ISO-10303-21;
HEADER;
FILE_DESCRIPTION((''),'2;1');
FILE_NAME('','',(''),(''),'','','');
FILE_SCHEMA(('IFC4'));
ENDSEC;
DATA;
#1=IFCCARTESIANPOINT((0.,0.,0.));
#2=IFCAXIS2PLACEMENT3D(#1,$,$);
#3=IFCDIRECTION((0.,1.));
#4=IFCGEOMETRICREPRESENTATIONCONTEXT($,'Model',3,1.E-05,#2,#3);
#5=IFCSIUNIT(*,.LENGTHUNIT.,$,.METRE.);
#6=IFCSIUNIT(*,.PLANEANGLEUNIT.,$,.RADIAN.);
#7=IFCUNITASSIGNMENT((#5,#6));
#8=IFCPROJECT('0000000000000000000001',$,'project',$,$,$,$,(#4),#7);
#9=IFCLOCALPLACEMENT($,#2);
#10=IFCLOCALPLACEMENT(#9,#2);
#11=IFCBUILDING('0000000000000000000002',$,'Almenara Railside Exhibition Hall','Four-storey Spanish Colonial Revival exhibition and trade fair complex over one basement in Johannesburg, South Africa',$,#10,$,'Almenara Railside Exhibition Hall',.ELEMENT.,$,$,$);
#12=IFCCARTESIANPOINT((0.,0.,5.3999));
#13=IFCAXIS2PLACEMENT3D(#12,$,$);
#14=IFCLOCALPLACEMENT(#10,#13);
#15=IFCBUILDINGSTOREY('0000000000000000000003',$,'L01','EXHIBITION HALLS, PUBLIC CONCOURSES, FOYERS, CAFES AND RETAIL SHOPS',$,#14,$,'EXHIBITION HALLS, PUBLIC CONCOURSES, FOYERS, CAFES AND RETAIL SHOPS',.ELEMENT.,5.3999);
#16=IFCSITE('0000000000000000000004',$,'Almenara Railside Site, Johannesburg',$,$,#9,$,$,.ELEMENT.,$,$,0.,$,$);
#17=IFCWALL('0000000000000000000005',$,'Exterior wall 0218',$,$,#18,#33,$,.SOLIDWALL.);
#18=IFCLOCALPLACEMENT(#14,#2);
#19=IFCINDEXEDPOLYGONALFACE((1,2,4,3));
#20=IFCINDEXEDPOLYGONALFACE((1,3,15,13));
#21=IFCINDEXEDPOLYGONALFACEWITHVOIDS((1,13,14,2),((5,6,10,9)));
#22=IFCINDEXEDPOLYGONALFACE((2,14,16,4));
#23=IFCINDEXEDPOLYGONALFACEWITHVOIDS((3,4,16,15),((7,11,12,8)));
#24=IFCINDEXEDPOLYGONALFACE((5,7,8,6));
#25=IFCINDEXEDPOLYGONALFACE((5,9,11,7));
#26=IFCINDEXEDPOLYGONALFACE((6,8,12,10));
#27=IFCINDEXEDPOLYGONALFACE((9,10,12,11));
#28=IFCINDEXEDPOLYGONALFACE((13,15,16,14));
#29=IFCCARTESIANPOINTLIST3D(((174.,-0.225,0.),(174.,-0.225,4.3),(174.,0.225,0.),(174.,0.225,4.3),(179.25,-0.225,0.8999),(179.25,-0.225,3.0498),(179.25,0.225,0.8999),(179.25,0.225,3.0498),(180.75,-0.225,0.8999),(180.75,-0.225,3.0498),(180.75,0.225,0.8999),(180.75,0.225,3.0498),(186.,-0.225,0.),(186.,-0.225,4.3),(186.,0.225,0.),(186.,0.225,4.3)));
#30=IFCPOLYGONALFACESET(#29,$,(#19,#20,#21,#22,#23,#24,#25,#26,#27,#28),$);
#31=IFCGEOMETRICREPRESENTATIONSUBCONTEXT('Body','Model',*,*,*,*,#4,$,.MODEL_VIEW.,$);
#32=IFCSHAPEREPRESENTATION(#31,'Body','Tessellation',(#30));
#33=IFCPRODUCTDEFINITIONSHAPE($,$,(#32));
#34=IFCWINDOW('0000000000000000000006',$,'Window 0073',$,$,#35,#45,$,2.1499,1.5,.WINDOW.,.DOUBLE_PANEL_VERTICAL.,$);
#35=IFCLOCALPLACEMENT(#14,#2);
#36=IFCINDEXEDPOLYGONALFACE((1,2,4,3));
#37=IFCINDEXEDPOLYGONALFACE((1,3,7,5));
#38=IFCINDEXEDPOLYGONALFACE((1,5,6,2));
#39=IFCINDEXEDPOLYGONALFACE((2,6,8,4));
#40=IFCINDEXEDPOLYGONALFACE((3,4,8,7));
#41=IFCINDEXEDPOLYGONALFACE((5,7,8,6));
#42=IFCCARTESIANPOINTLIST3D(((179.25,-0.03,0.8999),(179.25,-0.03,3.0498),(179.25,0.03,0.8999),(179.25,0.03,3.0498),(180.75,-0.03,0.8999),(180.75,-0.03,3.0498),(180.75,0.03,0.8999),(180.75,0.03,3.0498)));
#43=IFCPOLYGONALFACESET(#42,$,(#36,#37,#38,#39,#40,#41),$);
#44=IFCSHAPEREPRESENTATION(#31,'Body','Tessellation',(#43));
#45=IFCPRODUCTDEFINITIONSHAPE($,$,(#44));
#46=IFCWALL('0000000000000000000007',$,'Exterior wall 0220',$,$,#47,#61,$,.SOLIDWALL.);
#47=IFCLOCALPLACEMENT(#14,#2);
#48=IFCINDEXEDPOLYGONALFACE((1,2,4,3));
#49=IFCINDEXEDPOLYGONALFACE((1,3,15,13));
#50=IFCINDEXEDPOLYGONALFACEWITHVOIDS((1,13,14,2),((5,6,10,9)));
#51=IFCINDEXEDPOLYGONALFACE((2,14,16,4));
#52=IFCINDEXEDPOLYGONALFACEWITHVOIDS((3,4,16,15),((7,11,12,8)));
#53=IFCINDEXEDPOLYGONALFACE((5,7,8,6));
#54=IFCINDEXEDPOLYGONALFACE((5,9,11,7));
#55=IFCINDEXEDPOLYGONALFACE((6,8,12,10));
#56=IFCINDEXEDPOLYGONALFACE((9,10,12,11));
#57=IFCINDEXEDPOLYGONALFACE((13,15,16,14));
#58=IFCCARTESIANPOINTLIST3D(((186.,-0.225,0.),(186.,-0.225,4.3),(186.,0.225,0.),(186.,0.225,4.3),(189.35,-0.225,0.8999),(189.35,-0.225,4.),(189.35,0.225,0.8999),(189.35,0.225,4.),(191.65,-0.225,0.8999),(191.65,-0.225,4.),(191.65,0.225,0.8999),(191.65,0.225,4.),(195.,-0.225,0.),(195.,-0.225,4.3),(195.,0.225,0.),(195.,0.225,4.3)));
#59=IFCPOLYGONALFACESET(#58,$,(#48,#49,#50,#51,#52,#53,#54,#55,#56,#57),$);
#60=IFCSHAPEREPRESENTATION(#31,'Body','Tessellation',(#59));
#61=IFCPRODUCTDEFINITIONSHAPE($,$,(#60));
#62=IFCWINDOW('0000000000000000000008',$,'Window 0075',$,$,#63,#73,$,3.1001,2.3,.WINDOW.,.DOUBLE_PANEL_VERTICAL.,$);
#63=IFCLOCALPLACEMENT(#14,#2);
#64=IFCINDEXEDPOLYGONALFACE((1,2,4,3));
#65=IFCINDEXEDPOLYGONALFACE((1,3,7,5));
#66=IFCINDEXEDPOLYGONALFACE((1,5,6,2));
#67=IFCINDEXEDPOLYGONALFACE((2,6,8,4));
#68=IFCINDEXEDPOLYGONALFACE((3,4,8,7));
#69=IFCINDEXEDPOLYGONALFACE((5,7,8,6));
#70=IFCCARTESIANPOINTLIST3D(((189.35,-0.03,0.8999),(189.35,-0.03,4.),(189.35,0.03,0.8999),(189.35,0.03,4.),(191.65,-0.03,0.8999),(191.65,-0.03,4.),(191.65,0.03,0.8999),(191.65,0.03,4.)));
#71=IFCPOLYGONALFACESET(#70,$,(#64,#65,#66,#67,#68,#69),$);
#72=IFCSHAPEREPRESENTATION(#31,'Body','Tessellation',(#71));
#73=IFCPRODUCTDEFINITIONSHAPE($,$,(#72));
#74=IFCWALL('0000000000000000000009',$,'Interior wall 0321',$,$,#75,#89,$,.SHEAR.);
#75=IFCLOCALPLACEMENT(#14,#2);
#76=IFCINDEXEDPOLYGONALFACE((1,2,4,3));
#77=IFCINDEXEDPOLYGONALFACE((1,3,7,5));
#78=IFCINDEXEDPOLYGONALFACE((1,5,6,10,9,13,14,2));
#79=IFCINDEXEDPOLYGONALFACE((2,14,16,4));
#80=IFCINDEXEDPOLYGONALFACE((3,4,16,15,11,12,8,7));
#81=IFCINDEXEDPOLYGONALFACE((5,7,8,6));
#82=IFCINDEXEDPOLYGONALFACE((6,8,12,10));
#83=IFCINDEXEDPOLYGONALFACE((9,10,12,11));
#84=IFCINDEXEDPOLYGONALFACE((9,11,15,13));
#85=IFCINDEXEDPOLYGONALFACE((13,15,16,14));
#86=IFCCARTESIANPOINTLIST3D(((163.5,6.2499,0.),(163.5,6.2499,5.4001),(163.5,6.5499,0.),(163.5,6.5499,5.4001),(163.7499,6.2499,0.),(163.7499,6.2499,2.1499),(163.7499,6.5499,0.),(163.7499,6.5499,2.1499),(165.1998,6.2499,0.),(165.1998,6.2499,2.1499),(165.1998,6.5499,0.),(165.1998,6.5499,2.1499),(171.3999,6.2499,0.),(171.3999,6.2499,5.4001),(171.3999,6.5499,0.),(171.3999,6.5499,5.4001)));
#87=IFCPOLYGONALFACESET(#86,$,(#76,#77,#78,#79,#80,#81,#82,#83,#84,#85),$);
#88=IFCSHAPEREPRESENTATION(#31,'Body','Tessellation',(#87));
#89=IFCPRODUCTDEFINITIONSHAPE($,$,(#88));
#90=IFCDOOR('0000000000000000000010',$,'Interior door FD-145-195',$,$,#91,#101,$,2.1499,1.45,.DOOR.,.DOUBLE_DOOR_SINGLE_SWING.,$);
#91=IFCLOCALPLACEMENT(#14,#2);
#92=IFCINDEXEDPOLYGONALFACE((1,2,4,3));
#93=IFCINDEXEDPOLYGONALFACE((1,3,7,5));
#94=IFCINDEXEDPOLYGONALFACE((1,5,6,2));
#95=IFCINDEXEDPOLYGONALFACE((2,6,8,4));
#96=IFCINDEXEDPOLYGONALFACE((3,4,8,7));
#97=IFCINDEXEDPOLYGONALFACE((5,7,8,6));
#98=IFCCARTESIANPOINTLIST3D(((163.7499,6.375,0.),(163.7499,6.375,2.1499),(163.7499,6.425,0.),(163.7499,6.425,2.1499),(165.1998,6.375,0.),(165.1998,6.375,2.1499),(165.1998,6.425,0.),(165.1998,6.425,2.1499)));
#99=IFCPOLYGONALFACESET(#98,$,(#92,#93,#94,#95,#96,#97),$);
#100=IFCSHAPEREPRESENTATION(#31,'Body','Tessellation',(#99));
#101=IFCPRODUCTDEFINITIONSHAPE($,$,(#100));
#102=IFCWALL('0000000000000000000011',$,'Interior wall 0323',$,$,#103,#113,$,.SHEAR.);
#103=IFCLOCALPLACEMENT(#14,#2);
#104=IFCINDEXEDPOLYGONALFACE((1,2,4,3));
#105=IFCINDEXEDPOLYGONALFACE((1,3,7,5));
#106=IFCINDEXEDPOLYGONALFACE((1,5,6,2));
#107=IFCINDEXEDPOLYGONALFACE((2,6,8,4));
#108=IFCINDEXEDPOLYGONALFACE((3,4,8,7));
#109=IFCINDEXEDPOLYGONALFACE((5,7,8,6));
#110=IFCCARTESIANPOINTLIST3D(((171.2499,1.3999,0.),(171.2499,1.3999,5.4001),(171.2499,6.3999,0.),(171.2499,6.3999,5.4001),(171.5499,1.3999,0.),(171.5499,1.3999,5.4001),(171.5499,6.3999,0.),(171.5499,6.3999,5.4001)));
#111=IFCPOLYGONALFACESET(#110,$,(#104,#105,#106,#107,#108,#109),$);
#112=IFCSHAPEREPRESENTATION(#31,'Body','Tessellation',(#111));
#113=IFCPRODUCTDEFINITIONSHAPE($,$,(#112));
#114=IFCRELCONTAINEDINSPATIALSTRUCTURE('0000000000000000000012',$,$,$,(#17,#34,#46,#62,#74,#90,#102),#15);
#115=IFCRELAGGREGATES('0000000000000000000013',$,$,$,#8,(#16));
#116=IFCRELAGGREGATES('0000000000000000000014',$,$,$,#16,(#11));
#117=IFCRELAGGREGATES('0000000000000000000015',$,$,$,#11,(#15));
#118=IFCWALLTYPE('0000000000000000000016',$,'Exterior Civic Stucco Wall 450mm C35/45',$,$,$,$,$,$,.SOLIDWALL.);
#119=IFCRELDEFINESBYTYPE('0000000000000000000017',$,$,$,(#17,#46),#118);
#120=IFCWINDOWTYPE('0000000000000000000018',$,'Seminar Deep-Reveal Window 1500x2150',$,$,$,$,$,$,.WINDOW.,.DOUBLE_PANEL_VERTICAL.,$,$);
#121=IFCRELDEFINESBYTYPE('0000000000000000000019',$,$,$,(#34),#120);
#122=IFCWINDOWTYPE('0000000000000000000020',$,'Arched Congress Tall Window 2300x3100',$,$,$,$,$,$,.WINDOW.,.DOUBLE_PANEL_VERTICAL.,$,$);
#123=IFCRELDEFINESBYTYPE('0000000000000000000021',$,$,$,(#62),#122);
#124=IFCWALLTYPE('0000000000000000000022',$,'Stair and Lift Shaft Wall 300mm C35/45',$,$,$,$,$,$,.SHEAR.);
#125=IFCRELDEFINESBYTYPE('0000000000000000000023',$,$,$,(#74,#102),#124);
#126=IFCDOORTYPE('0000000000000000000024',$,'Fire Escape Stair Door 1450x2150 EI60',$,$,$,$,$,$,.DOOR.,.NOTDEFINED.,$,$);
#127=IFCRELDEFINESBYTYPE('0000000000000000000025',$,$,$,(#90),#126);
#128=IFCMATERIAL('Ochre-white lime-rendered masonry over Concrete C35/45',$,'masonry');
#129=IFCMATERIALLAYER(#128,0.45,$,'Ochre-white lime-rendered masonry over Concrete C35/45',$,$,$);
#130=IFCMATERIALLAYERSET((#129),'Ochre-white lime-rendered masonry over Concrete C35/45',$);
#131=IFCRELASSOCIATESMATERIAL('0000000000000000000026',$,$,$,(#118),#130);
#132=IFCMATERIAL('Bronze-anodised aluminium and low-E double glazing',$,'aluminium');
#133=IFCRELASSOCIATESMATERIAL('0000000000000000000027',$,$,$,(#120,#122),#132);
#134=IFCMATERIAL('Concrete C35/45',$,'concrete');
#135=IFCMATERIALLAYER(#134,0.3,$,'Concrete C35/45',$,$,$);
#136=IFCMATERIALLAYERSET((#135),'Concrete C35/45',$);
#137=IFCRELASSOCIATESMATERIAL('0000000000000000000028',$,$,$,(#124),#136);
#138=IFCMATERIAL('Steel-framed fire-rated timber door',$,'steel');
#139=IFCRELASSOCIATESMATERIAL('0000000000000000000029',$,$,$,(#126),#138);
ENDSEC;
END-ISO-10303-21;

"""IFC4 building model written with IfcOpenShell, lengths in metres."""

from ifc_helpers import new_model, si_unit, direction, frame, frame_2d, origin, place, context, subcontext, project, spatial, rectangle, extrude, material, layer, layer_set, type_object, element, fill, save


model = new_model("IFC4")

# Units and contexts
model_context = context("Model", 3, precision=1e-05, world=origin(), true_north=direction((0.0, 1.0)))
body_context = subcontext(model_context, "Body", "Model", "MODEL_VIEW")
ifc_project = project(units=[si_unit("LENGTHUNIT", "METRE"), si_unit("PLANEANGLEUNIT", "RADIAN")], contexts=[model_context])

# Site, building, storey
site_placement = place(None, origin())
site = spatial("IfcSite", under=ifc_project, at=site_placement, Name="Almenara Railside Site, Johannesburg", CompositionType="ELEMENT", RefElevation=0.0)
building_placement = place(site_placement, origin())
building = spatial("IfcBuilding", under=site, at=building_placement, Name="Almenara Railside Exhibition Hall", Description="Four-storey Spanish Colonial Revival exhibition and trade fair complex over one basement in Johannesburg, South Africa", LongName="Almenara Railside Exhibition Hall", CompositionType="ELEMENT")
storey_placement = place(building_placement, frame((0.0, 0.0, 5.3999)))
storey = spatial("IfcBuildingStorey", under=building, at=storey_placement, Name="L01", Description="EXHIBITION HALLS, PUBLIC CONCOURSES, FOYERS, CAFES AND RETAIL SHOPS", LongName="EXHIBITION HALLS, PUBLIC CONCOURSES, FOYERS, CAFES AND RETAIL SHOPS", CompositionType="ELEMENT", Elevation=5.3999)

# Shared definitions
ifc_material_1 = material(Name="Concrete C35/45", Category="concrete")

# Walls, openings, windows
ifc_material_2 = material(Name="Ochre-white lime-rendered masonry over Concrete C35/45", Category="masonry")
ifc_layer_1 = layer(ifc_material_2, 0.45, Name="Ochre-white lime-rendered masonry over Concrete C35/45")
ifc_layer_set_1 = layer_set([ifc_layer_1], Name="Ochre-white lime-rendered masonry over Concrete C35/45")
wall_type_1 = type_object("IfcWallType", Name="Exterior Civic Stucco Wall 450mm C35/45", PredefinedType="SOLIDWALL", material=ifc_layer_set_1)
wall_1_placement = place(storey_placement, frame((174.0, 0.0, 0.0), z_axis=(0.0, 0.0, 1.0), x_axis=(1.0, 0.0, 0.0)))
wall_1 = element("IfcWall", 1, at=wall_1_placement, inside=storey, type_object=wall_type_1, Name="Exterior wall 0218", PredefinedType="SOLIDWALL", context=body_context, shape_type="SweptSolid", body=[
    extrude(rectangle(XDim=12.0, YDim=0.45, at=frame_2d((6.0, 0.0))), origin(), (0.0, 0.0, 1.0), 4.3),
])
opening_1_placement = place(wall_1_placement, frame((5.25, 0.0, 0.8999)))
opening_1 = element("IfcOpeningElement", 2, at=opening_1_placement, cuts=wall_1, PredefinedType="OPENING", context=body_context, shape_type="SweptSolid", body=[
    extrude(rectangle(XDim=1.5, YDim=2.1499, at=frame_2d((0.75, 1.075))), frame((0.0, 0.2349, 0.0), z_axis=(0.0, -1.0, 0.0), x_axis=(1.0, 0.0, 0.0)), (0.0, 0.0, 1.0), 0.47),
])
ifc_material_3 = material(Name="Bronze-anodised aluminium and low-E double glazing", Category="aluminium")
window_type_1 = type_object("IfcWindowType", Name="Seminar Deep-Reveal Window 1500x2150", PartitioningType="DOUBLE_PANEL_VERTICAL", PredefinedType="WINDOW", material=ifc_material_3)
window_1_placement = place(opening_1_placement, origin())
window_1 = element("IfcWindow", 3, at=window_1_placement, inside=storey, type_object=window_type_1, Name="Window 0073", OverallHeight=2.1499, OverallWidth=1.5, PartitioningType="DOUBLE_PANEL_VERTICAL", PredefinedType="WINDOW", context=body_context, shape_type="SweptSolid", body=[
    extrude(rectangle(XDim=1.5, YDim=2.1499, at=frame_2d((0.75, 1.075))), frame((0.0, 0.03, 0.0), z_axis=(0.0, -1.0, 0.0), x_axis=(1.0, 0.0, 0.0)), (0.0, 0.0, 1.0), 0.0601),
])
fill(opening_1, window_1)
wall_2_placement = place(storey_placement, frame((186.0, 0.0, 0.0), z_axis=(0.0, 0.0, 1.0), x_axis=(1.0, 0.0, 0.0)))
wall_2 = element("IfcWall", 4, at=wall_2_placement, inside=storey, type_object=wall_type_1, Name="Exterior wall 0220", PredefinedType="SOLIDWALL", context=body_context, shape_type="SweptSolid", body=[
    extrude(rectangle(XDim=9.0, YDim=0.45, at=frame_2d((4.5, 0.0))), origin(), (0.0, 0.0, 1.0), 4.3),
])
opening_2_placement = place(wall_2_placement, frame((3.3501, 0.0, 0.8999)))
opening_2 = element("IfcOpeningElement", 5, at=opening_2_placement, cuts=wall_2, PredefinedType="OPENING", context=body_context, shape_type="SweptSolid", body=[
    extrude(rectangle(XDim=2.3, YDim=3.1001, at=frame_2d((1.1499, 1.55))), frame((0.0, 0.2349, 0.0), z_axis=(0.0, -1.0, 0.0), x_axis=(1.0, 0.0, 0.0)), (0.0, 0.0, 1.0), 0.47),
])
window_type_2 = type_object("IfcWindowType", Name="Arched Congress Tall Window 2300x3100", PartitioningType="DOUBLE_PANEL_VERTICAL", PredefinedType="WINDOW", material=ifc_material_3)
window_2_placement = place(opening_2_placement, origin())
window_2 = element("IfcWindow", 6, at=window_2_placement, inside=storey, type_object=window_type_2, Name="Window 0075", OverallHeight=3.1001, OverallWidth=2.3, PartitioningType="DOUBLE_PANEL_VERTICAL", PredefinedType="WINDOW", context=body_context, shape_type="SweptSolid", body=[
    extrude(rectangle(XDim=2.3, YDim=3.1001, at=frame_2d((1.1499, 1.55))), frame((0.0, 0.03, 0.0), z_axis=(0.0, -1.0, 0.0), x_axis=(1.0, 0.0, 0.0)), (0.0, 0.0, 1.0), 0.0601),
])
fill(opening_2, window_2)

# Wall, opening, door
ifc_layer_2 = layer(ifc_material_1, 0.3, Name="Concrete C35/45")
ifc_layer_set_2 = layer_set([ifc_layer_2], Name="Concrete C35/45")
wall_type_2 = type_object("IfcWallType", Name="Stair and Lift Shaft Wall 300mm C35/45", PredefinedType="SHEAR", material=ifc_layer_set_2)
wall_3_placement = place(storey_placement, frame((171.3999, 6.3999, 0.0), z_axis=(0.0, 0.0, 1.0), x_axis=(-1.0, 0.0, 0.0)))
wall_3 = element("IfcWall", 7, at=wall_3_placement, inside=storey, type_object=wall_type_2, Name="Interior wall 0321", PredefinedType="SHEAR", context=body_context, shape_type="SweptSolid", body=[
    extrude(rectangle(XDim=7.8999, YDim=0.3, at=frame_2d((3.95, 0.0))), origin(), (0.0, 0.0, 1.0), 5.4001),
])
opening_3_placement = place(wall_3_placement, frame((6.2, 0.0, 0.0)))
opening_3 = element("IfcOpeningElement", 8, at=opening_3_placement, cuts=wall_3, PredefinedType="OPENING", context=body_context, shape_type="SweptSolid", body=[
    extrude(rectangle(XDim=1.45, YDim=2.1499, at=frame_2d((0.7251, 1.075))), frame((0.0, 0.1599, 0.0), z_axis=(0.0, -1.0, 0.0), x_axis=(1.0, 0.0, 0.0)), (0.0, 0.0, 1.0), 0.3201),
])
ifc_material_4 = material(Name="Steel-framed fire-rated timber door", Category="steel")
door_type = type_object("IfcDoorType", Name="Fire Escape Stair Door 1450x2150 EI60", OperationType="NOTDEFINED", PredefinedType="DOOR", material=ifc_material_4)
door_placement = place(opening_3_placement, origin())
door = element("IfcDoor", 9, at=door_placement, inside=storey, type_object=door_type, Name="Interior door FD-145-195", OperationType="DOUBLE_DOOR_SINGLE_SWING", OverallHeight=2.1499, OverallWidth=1.45, PredefinedType="DOOR", context=body_context, shape_type="SweptSolid", body=[
    extrude(rectangle(XDim=1.45, YDim=2.1499, at=frame_2d((0.7251, 1.075))), frame((0.0, 0.0249, 0.0), z_axis=(0.0, -1.0, 0.0), x_axis=(1.0, 0.0, 0.0)), (0.0, 0.0, 1.0), 0.05),
])
fill(opening_3, door)

# Wall
wall_4_placement = place(storey_placement, frame((171.3999, 1.3999, 0.0), z_axis=(0.0, 0.0, 1.0), x_axis=(0.0, 1.0, 0.0)))
element("IfcWall", 10, at=wall_4_placement, inside=storey, type_object=wall_type_2, Name="Interior wall 0323", PredefinedType="SHEAR", context=body_context, shape_type="SweptSolid", body=[
    extrude(rectangle(XDim=5.0, YDim=0.3, at=frame_2d((2.5, 0.0))), origin(), (0.0, 0.0, 1.0), 5.4001),
])

save(model, "model.ifc")
